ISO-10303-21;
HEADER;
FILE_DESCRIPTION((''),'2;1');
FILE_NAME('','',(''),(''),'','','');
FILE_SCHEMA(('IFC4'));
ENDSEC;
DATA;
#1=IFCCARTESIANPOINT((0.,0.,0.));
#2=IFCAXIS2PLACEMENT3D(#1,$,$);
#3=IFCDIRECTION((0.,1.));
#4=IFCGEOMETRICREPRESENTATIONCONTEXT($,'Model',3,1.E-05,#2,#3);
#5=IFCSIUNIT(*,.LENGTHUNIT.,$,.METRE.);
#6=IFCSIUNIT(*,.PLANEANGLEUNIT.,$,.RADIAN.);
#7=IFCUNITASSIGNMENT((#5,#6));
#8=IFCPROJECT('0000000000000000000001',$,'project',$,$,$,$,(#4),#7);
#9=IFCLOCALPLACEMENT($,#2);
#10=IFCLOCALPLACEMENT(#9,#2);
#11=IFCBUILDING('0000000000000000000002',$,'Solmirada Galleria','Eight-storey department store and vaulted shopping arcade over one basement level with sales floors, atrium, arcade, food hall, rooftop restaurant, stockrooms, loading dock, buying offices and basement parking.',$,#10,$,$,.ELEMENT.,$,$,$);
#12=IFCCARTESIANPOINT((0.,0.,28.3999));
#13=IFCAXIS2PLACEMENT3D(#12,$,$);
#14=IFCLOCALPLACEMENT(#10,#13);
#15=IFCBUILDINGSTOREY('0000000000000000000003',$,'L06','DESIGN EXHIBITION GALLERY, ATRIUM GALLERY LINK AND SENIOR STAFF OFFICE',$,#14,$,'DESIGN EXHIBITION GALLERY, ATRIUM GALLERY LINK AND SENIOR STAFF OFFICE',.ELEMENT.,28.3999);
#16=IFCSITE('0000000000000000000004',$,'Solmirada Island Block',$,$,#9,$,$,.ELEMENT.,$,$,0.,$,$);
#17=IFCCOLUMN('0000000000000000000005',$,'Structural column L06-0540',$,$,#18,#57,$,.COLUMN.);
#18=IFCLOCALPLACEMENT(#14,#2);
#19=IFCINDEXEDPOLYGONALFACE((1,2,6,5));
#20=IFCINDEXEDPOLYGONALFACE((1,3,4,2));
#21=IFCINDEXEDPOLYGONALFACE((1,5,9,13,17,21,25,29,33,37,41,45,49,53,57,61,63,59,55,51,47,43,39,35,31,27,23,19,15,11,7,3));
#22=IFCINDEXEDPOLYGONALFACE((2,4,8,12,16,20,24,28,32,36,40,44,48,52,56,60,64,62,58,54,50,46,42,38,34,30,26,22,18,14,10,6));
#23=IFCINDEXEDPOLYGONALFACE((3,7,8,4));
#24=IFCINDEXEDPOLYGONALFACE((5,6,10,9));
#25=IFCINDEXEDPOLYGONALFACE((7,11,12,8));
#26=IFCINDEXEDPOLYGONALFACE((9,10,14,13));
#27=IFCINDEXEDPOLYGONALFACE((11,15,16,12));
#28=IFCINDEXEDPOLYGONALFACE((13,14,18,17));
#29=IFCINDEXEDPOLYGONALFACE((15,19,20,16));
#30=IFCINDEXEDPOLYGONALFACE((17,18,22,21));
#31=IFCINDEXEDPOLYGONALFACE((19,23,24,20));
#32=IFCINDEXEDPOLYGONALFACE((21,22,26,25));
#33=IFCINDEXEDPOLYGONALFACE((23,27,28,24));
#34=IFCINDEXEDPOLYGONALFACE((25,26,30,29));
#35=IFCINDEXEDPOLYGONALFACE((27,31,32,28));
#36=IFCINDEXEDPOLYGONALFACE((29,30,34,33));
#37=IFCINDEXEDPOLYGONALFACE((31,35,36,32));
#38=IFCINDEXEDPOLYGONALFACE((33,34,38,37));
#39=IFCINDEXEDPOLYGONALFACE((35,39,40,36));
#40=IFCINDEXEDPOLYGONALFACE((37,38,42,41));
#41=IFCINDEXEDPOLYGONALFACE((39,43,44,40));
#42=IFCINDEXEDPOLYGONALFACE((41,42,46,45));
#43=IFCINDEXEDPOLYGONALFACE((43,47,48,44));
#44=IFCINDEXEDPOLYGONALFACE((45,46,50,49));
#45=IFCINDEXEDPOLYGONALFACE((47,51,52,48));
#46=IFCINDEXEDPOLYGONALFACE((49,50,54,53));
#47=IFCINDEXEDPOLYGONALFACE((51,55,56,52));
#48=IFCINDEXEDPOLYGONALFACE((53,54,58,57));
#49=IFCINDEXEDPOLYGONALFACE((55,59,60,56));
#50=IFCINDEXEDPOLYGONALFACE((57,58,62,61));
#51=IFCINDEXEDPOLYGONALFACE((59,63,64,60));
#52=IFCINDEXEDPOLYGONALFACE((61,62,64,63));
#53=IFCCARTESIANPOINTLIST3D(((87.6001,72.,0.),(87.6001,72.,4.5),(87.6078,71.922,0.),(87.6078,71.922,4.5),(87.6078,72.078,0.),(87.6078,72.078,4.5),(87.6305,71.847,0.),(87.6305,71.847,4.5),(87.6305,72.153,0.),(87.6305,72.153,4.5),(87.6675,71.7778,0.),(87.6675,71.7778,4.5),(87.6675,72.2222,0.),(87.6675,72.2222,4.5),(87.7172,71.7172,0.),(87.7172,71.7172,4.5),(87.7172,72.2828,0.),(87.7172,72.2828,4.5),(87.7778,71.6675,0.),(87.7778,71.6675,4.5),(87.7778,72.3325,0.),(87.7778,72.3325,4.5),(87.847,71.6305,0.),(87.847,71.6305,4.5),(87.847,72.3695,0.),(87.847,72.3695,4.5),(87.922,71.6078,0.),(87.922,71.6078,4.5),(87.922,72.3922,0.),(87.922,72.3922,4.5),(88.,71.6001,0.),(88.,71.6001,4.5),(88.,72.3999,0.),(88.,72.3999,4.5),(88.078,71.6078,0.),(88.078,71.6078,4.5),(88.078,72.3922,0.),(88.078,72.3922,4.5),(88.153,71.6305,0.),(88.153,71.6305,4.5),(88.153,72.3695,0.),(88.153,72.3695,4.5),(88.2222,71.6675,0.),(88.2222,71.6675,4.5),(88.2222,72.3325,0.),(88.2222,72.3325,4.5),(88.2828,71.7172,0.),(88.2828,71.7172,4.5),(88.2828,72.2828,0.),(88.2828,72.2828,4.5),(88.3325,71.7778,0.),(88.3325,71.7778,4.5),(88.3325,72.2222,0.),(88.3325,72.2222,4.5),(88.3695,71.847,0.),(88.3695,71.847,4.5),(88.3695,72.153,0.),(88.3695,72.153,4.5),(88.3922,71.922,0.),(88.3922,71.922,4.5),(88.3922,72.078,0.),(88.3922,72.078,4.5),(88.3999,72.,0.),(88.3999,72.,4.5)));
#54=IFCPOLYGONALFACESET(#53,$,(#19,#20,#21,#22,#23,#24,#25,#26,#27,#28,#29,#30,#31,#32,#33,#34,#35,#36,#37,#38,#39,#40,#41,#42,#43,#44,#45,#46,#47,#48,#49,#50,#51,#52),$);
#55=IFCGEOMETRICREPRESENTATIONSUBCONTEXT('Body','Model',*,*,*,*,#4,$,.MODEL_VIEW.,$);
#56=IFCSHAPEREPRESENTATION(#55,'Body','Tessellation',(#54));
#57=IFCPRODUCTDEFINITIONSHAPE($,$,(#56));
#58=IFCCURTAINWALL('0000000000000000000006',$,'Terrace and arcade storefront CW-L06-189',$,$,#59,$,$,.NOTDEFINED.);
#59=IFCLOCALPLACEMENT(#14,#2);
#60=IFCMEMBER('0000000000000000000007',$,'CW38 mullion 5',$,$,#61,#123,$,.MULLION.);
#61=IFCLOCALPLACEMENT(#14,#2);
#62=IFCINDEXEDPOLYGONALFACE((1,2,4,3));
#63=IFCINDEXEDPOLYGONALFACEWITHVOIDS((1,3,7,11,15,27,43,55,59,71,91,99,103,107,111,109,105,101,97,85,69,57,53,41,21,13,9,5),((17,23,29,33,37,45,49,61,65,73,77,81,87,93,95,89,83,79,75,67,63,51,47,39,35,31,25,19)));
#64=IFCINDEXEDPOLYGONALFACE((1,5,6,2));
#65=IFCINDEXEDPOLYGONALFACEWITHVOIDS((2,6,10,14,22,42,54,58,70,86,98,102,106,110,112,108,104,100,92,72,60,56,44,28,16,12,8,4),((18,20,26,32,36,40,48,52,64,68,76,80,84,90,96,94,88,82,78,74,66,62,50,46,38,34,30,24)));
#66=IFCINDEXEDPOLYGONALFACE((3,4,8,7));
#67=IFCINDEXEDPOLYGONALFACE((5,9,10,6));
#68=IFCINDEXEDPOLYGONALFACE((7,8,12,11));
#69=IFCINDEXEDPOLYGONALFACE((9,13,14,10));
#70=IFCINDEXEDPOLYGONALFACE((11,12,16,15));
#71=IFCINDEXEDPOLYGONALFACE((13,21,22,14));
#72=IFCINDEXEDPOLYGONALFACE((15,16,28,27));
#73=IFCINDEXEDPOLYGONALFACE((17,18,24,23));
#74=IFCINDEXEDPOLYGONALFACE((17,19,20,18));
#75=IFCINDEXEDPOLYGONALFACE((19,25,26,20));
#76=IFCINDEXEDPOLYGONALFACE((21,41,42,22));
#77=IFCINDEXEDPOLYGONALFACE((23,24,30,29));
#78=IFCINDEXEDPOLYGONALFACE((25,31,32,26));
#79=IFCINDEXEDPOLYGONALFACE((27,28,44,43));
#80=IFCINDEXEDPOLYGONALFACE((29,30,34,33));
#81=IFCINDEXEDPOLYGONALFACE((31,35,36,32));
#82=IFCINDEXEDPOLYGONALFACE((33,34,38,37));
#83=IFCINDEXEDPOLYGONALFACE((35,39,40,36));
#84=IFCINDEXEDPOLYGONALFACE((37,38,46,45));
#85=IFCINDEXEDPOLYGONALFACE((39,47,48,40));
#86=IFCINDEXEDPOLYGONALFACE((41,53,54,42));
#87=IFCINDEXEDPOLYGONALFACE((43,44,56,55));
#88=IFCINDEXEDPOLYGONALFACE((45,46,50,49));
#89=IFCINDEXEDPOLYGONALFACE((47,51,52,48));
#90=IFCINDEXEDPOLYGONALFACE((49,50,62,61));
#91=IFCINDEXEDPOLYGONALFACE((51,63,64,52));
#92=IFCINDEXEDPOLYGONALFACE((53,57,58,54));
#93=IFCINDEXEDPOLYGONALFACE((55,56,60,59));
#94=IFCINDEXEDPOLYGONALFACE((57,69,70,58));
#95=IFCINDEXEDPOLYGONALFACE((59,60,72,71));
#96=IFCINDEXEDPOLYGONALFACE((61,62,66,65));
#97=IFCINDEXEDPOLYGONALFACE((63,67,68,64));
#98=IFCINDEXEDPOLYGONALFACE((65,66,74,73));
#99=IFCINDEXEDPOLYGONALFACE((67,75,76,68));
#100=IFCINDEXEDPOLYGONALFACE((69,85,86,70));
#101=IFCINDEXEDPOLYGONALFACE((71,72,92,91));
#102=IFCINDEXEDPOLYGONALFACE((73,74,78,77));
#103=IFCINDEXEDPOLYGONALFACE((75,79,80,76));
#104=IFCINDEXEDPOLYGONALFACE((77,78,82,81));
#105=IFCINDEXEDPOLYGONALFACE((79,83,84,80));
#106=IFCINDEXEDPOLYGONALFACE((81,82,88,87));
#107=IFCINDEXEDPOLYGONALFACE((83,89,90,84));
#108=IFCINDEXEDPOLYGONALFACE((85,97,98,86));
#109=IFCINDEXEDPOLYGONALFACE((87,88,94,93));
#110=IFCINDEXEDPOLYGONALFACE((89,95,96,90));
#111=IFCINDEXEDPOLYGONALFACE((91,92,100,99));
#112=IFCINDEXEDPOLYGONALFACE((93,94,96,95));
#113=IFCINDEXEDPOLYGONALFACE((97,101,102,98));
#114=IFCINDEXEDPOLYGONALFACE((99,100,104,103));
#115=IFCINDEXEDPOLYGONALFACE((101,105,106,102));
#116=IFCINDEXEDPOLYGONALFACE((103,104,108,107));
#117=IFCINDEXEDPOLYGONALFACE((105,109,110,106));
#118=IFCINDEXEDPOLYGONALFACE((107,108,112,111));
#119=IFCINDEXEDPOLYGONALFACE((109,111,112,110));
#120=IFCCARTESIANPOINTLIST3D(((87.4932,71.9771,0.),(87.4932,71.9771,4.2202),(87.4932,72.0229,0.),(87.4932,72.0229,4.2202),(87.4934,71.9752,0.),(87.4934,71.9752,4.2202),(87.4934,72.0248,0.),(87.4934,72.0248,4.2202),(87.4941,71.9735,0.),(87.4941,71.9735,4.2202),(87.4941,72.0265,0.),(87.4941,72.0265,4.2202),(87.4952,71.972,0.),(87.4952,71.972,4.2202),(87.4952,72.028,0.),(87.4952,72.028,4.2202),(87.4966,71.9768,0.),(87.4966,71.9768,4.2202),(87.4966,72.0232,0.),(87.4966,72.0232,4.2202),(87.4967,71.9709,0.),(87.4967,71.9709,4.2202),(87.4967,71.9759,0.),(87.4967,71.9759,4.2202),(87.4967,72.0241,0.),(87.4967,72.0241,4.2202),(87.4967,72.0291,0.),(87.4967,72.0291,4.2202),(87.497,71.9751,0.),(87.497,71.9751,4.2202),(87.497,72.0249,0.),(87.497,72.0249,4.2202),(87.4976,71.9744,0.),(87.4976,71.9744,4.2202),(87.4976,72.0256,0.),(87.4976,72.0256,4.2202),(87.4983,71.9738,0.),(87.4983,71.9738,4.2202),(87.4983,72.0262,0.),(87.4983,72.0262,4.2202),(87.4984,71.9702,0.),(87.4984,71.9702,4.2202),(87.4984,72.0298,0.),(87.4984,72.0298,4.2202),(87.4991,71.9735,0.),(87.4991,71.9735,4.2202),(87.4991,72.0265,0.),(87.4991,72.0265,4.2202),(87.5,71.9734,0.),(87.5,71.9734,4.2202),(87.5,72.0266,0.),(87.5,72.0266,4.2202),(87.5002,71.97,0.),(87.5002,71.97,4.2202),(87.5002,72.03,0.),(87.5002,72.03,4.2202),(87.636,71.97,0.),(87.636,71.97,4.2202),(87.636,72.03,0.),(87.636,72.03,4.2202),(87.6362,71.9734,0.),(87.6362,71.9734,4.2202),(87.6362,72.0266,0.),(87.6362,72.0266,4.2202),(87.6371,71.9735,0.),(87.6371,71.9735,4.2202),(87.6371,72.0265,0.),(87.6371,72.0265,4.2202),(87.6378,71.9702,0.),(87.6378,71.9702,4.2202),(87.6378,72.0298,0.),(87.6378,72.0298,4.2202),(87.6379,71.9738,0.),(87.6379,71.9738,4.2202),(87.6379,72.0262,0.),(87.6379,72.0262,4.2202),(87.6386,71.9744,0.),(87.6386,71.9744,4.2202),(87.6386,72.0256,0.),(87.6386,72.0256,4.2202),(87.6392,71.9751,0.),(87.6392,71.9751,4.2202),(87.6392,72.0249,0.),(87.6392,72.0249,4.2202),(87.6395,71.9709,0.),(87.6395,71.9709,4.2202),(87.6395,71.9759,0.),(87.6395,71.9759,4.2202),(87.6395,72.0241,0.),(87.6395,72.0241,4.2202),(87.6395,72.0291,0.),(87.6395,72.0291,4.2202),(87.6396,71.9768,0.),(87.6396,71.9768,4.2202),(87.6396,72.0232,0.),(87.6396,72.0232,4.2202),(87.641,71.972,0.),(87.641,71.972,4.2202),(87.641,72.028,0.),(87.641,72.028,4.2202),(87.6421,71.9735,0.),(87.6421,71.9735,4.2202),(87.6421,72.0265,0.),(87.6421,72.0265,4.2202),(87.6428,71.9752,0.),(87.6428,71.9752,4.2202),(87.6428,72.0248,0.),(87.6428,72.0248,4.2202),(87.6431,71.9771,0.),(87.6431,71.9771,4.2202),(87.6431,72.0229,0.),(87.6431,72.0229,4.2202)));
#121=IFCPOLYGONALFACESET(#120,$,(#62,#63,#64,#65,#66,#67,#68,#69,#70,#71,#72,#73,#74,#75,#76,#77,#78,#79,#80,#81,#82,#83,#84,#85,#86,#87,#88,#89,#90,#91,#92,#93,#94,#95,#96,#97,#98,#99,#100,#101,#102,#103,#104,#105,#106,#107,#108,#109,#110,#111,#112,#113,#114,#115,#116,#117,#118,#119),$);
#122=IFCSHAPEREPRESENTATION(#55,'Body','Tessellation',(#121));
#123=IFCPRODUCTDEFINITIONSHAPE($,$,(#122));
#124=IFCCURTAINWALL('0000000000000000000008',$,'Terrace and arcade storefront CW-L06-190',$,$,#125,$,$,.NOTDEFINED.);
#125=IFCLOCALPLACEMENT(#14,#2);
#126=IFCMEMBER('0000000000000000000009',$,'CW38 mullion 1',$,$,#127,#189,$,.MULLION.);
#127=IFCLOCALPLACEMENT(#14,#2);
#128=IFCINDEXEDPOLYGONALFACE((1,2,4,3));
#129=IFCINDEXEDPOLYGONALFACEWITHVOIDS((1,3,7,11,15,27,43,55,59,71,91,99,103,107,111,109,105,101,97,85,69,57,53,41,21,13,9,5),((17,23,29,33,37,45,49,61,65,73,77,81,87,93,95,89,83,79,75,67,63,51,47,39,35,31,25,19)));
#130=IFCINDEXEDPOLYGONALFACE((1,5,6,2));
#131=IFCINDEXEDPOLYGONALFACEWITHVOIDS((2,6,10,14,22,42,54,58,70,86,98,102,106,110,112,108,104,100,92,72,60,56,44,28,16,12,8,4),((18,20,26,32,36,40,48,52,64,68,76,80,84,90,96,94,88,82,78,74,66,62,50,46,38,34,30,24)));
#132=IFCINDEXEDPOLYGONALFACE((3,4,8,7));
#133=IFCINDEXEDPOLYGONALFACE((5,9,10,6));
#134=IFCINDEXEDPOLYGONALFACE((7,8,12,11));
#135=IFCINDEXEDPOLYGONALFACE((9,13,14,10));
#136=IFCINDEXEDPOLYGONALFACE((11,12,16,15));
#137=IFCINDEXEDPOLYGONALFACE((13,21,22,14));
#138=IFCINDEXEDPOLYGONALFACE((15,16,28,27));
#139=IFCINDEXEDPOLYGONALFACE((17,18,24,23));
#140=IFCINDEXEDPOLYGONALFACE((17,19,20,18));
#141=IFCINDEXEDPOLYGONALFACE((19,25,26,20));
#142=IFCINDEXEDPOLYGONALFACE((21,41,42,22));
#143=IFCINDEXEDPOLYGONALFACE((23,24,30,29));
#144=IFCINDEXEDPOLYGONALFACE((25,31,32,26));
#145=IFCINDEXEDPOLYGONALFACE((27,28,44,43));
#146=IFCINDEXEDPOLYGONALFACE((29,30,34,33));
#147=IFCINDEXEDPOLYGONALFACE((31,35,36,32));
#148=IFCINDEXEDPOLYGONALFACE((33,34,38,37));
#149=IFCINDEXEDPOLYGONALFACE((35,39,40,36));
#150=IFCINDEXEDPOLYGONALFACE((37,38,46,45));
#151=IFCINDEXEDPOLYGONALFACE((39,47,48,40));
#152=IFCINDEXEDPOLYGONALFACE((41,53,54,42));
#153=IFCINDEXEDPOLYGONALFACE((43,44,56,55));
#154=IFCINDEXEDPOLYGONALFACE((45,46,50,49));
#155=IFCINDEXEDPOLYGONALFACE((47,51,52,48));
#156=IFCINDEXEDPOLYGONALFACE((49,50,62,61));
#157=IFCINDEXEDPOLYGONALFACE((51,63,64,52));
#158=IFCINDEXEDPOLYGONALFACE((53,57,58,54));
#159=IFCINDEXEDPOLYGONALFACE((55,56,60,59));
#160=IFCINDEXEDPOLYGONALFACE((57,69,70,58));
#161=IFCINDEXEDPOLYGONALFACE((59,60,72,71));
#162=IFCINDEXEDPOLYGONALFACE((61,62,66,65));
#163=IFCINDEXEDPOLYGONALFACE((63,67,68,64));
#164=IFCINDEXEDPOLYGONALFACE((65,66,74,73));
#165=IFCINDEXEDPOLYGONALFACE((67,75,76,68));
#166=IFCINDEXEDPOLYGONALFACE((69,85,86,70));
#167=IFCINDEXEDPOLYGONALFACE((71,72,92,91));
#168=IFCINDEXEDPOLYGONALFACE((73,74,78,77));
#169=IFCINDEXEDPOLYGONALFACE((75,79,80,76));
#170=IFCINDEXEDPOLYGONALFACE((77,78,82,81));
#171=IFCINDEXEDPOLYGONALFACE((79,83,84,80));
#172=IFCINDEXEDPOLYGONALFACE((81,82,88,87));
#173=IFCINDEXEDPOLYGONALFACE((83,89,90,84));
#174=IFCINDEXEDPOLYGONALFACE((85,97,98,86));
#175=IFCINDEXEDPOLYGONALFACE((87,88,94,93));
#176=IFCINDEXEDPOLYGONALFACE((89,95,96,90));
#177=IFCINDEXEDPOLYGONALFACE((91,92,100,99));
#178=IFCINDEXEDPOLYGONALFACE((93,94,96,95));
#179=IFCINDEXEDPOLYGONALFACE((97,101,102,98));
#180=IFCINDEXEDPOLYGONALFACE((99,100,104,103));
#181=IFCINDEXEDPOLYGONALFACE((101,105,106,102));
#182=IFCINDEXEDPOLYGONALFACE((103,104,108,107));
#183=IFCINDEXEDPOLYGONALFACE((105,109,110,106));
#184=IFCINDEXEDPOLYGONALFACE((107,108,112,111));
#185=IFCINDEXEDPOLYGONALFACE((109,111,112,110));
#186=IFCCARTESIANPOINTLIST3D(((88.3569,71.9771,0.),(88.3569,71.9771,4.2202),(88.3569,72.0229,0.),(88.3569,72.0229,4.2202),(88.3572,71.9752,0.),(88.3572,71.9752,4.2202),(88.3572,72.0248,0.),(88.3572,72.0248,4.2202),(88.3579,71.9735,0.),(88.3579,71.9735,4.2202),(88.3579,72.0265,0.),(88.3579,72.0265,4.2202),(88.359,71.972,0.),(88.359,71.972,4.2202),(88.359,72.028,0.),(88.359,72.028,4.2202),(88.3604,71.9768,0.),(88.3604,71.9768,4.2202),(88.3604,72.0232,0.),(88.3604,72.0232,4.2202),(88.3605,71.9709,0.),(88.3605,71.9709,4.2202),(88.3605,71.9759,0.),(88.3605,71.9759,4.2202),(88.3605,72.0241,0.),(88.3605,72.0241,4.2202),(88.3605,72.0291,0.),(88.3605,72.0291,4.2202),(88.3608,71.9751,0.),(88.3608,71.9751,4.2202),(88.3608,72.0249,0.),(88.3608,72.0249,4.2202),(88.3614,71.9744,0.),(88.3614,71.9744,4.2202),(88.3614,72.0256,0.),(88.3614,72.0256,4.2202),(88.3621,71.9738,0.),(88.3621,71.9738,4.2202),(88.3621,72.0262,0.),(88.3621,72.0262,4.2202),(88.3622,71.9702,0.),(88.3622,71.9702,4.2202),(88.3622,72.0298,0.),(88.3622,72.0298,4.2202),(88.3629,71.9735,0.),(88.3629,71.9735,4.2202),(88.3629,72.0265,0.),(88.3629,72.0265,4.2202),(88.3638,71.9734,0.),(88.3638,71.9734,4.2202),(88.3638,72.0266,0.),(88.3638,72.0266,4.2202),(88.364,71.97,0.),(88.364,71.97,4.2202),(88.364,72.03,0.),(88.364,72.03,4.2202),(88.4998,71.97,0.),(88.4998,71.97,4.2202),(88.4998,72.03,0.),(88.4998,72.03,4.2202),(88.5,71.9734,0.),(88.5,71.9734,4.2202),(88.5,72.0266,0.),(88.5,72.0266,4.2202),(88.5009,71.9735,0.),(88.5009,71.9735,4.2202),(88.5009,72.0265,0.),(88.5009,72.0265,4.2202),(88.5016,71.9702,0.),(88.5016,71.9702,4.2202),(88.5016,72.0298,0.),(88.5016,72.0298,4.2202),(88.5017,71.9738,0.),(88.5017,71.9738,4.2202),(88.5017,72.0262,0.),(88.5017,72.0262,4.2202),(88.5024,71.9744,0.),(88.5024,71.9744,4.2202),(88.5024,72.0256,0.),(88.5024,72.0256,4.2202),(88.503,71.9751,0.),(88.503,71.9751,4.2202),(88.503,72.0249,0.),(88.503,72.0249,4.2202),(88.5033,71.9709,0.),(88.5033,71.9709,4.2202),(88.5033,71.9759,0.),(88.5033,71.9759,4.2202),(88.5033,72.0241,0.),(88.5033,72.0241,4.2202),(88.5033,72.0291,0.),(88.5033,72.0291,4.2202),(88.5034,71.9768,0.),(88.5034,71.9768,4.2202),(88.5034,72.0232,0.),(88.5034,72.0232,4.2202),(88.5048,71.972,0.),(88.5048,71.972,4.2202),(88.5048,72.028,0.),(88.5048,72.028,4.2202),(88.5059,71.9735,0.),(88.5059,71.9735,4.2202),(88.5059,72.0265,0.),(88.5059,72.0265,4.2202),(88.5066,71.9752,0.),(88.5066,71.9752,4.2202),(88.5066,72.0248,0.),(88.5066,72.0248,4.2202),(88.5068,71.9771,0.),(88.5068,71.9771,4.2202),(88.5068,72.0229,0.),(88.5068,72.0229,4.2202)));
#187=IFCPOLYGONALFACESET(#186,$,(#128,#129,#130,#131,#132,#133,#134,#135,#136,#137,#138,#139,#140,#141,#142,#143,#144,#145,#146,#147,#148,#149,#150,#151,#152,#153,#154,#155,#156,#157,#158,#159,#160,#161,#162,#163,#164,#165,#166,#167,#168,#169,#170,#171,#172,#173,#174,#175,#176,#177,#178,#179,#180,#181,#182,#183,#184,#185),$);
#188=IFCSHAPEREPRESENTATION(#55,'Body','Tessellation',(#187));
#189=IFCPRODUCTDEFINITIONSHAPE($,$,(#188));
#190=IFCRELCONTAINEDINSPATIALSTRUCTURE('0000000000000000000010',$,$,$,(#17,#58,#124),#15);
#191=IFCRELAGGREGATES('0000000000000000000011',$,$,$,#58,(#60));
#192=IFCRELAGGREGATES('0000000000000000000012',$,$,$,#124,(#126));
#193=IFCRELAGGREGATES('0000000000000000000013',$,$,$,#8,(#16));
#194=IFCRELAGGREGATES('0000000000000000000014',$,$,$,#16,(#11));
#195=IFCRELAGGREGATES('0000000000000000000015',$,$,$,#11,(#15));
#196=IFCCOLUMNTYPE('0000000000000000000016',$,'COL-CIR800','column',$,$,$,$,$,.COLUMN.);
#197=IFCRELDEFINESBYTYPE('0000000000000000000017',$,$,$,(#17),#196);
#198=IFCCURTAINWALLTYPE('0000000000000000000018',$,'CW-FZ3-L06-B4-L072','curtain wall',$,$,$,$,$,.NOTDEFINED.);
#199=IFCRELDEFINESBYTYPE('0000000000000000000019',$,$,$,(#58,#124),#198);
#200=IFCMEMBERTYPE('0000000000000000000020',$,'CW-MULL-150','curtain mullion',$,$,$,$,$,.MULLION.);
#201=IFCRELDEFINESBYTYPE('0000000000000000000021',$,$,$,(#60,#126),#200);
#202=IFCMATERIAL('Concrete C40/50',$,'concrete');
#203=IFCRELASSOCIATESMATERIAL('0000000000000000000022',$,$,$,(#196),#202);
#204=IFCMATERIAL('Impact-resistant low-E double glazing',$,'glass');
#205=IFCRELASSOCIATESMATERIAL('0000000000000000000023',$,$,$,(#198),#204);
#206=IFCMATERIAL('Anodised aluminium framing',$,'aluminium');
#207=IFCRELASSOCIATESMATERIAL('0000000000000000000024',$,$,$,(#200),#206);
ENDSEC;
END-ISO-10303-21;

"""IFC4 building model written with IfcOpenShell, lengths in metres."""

from ifc_helpers import new_model, si_unit, direction, frame, origin, origin_2d, place, context, subcontext, project, spatial, hollow_rectangle, circle, extrude, material, material_profile, profile_set, type_object, element, aggregate, save


model = new_model("IFC4")

# Units and contexts
model_context = context("Model", 3, precision=1e-05, world=origin(), true_north=direction((0.0, 1.0)))
body_context = subcontext(model_context, "Body", "Model", "MODEL_VIEW")
ifc_project = project(units=[si_unit("LENGTHUNIT", "METRE"), si_unit("PLANEANGLEUNIT", "RADIAN")], contexts=[model_context])

# Site, building, storey
site_placement = place(None, origin())
site = spatial("IfcSite", under=ifc_project, at=site_placement, Name="Solmirada Island Block", CompositionType="ELEMENT", RefElevation=0.0)
building_placement = place(site_placement, origin())
building = spatial("IfcBuilding", under=site, at=building_placement, Name="Solmirada Galleria", Description="Eight-storey department store and vaulted shopping arcade over one basement level with sales floors, atrium, arcade, food hall, rooftop restaurant, stockrooms, loading dock, buying offices and basement parking.", CompositionType="ELEMENT")
storey_placement = place(building_placement, frame((0.0, 0.0, 28.3999)))
storey = spatial("IfcBuildingStorey", under=building, at=storey_placement, Name="L06", Description="DESIGN EXHIBITION GALLERY, ATRIUM GALLERY LINK AND SENIOR STAFF OFFICE", LongName="DESIGN EXHIBITION GALLERY, ATRIUM GALLERY LINK AND SENIOR STAFF OFFICE", CompositionType="ELEMENT", Elevation=28.3999)

# Column
ifc_material_1 = material(Name="Concrete C40/50", Category="concrete")
ifc_material_profile_1 = material_profile(ifc_material_1, circle(Radius=0.3999, at=origin_2d()), Name="RCCOL800")
ifc_profile_set_1 = profile_set([ifc_material_profile_1], Name="Concrete C40/50")
column_type = type_object("IfcColumnType", Name="COL-CIR800", Description="column", PredefinedType="COLUMN", material=ifc_profile_set_1)
column_placement = place(storey_placement, frame((88.0, 72.0, 0.0), z_axis=(0.0, 0.0, 1.0), x_axis=(1.0, 0.0, 0.0)))
element("IfcColumn", 1, at=column_placement, inside=storey, type_object=column_type, Name="Structural column L06-0540", PredefinedType="COLUMN", context=body_context, shape_type="SweptSolid", body=[
    extrude(circle(Radius=0.3999, at=origin_2d()), origin(), (0.0, 0.0, 1.0), 4.5),
])

# Curtain wall, member
ifc_material_2 = material(Name="Impact-resistant low-E double glazing", Category="glass")
curtain_wall_type = type_object("IfcCurtainWallType", Name="CW-FZ3-L06-B4-L072", Description="curtain wall", PredefinedType="NOTDEFINED", material=ifc_material_2)
curtain_wall_1_placement = place(storey_placement, origin())
curtain_wall_1 = element("IfcCurtainWall", 2, at=curtain_wall_1_placement, inside=storey, type_object=curtain_wall_type, Name="Terrace and arcade storefront CW-L06-189", PredefinedType="NOTDEFINED")
ifc_material_3 = material(Name="Anodised aluminium framing", Category="aluminium")
ifc_material_profile_2 = material_profile(ifc_material_3, hollow_rectangle(XDim=0.0601, YDim=0.1499, WallThickness=0.0034, InnerFilletRadius=0.0034, OuterFilletRadius=0.0071, at=origin_2d()), Name="ALU-MULL-150X60")
ifc_profile_set_2 = profile_set([ifc_material_profile_2], Name="Anodised aluminium framing")
member_type_1 = type_object("IfcMemberType", Name="CW-MULL-150", Description="curtain mullion", PredefinedType="MULLION", material=ifc_profile_set_2)
member_1_placement = place(storey_placement, frame((87.5681, 72.0, 0.0), z_axis=(0.0, 0.0, 1.0), x_axis=(0.0, 1.0, 0.0)))
member_1 = element("IfcMember", 3, at=member_1_placement, type_object=member_type_1, Name="CW38 mullion 5", PredefinedType="MULLION", context=body_context, shape_type="SweptSolid", body=[
    extrude(hollow_rectangle(XDim=0.0601, YDim=0.1499, WallThickness=0.0034, InnerFilletRadius=0.0034, OuterFilletRadius=0.0071, at=origin_2d()), origin(), (0.0, 0.0, 1.0), 4.2202),
])

# Curtain wall, member
curtain_wall_2_placement = place(storey_placement, origin())
curtain_wall_2 = element("IfcCurtainWall", 4, at=curtain_wall_2_placement, inside=storey, type_object=curtain_wall_type, Name="Terrace and arcade storefront CW-L06-190", PredefinedType="NOTDEFINED")
member_2_placement = place(storey_placement, frame((88.4319, 72.0, 0.0), z_axis=(0.0, 0.0, 1.0), x_axis=(0.0, 1.0, 0.0)))
member_2 = element("IfcMember", 5, at=member_2_placement, type_object=member_type_1, Name="CW38 mullion 1", PredefinedType="MULLION", context=body_context, shape_type="SweptSolid", body=[
    extrude(hollow_rectangle(XDim=0.0601, YDim=0.1499, WallThickness=0.0034, InnerFilletRadius=0.0034, OuterFilletRadius=0.0071, at=origin_2d()), origin(), (0.0, 0.0, 1.0), 4.2202),
])

aggregate(curtain_wall_1, [member_1])
aggregate(curtain_wall_2, [member_2])

save(model, "model.ifc")
